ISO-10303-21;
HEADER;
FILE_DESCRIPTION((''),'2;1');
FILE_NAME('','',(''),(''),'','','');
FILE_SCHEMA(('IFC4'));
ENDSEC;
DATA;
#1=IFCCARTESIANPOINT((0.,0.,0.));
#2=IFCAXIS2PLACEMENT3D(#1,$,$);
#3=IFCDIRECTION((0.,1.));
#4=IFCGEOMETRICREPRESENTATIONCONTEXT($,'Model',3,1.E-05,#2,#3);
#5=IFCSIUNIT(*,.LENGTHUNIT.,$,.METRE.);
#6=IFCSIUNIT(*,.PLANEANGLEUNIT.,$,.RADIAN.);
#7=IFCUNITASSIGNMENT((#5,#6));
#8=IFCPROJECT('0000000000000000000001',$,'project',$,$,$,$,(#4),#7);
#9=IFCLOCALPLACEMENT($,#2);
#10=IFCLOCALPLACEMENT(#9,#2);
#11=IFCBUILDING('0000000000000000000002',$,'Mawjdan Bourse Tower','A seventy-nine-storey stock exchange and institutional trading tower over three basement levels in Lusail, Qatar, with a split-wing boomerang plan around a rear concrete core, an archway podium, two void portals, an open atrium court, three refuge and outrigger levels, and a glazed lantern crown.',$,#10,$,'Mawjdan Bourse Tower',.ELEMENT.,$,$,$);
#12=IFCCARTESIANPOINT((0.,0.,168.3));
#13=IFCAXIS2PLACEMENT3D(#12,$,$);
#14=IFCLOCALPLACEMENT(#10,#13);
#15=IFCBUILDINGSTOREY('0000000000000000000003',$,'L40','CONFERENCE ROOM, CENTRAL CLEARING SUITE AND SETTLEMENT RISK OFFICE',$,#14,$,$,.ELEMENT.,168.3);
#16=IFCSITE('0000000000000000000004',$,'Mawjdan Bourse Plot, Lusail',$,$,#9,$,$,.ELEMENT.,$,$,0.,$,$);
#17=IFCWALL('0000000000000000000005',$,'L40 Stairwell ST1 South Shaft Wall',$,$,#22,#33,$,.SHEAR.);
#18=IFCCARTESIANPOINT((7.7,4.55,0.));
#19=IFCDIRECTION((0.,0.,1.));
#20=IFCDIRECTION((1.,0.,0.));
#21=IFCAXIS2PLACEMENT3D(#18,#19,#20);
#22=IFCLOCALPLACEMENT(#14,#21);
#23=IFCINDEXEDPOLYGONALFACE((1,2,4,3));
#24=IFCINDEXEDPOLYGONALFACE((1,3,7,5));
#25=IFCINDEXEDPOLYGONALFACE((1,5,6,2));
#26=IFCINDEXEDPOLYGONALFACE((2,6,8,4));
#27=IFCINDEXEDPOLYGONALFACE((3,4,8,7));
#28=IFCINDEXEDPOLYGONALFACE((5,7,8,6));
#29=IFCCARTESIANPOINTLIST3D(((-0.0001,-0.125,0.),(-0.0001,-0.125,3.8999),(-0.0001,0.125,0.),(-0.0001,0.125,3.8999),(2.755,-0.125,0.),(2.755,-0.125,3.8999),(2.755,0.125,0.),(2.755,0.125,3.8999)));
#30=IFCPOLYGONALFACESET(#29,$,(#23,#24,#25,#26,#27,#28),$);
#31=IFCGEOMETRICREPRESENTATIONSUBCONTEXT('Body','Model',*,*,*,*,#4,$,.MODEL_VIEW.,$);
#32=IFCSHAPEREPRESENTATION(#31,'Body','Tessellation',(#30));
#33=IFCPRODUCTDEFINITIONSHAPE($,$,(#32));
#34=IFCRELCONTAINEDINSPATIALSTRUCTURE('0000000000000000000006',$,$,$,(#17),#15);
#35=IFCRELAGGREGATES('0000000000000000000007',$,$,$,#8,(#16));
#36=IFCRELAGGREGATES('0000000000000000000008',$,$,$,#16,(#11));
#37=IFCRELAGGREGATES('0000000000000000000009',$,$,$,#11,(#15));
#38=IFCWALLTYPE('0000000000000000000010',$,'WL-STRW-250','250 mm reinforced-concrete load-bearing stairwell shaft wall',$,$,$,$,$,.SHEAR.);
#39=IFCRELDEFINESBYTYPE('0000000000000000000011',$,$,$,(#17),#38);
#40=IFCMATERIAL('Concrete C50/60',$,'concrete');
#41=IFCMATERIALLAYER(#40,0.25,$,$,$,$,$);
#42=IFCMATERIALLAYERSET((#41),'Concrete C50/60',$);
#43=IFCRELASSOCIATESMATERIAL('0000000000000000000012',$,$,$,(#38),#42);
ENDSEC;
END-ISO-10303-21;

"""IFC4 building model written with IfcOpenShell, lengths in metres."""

from ifc_helpers import new_model, si_unit, direction, frame, frame_2d, origin, place, context, subcontext, project, spatial, rectangle, extrude, material, layer, layer_set, type_object, element, save


model = new_model("IFC4")

# Units and contexts
model_context = context("Model", 3, precision=1e-05, world=origin(), true_north=direction((0.0, 1.0)))
body_context = subcontext(model_context, "Body", "Model", "MODEL_VIEW")
ifc_project = project(units=[si_unit("LENGTHUNIT", "METRE"), si_unit("PLANEANGLEUNIT", "RADIAN")], contexts=[model_context])

# Site, building, storey
site_placement = place(None, origin())
site = spatial("IfcSite", under=ifc_project, at=site_placement, Name="Mawjdan Bourse Plot, Lusail", CompositionType="ELEMENT", RefElevation=0.0)
building_placement = place(site_placement, origin())
building = spatial("IfcBuilding", under=site, at=building_placement, Name="Mawjdan Bourse Tower", Description="A seventy-nine-storey stock exchange and institutional trading tower over three basement levels in Lusail, Qatar, with a split-wing boomerang plan around a rear concrete core, an archway podium, two void portals, an open atrium court, three refuge and outrigger levels, and a glazed lantern crown.", LongName="Mawjdan Bourse Tower", CompositionType="ELEMENT")
storey_placement = place(building_placement, frame((0.0, 0.0, 168.3)))
storey = spatial("IfcBuildingStorey", under=building, at=storey_placement, Name="L40", Description="CONFERENCE ROOM, CENTRAL CLEARING SUITE AND SETTLEMENT RISK OFFICE", CompositionType="ELEMENT", Elevation=168.3)

# Shared definitions
ifc_material_1 = material(Name="Concrete C50/60", Category="concrete")

# Wall
ifc_layer_1 = layer(ifc_material_1, 0.25)
ifc_layer_set_1 = layer_set([ifc_layer_1], Name="Concrete C50/60")
wall_type_1 = type_object("IfcWallType", Name="WL-STRW-250", Description="250 mm reinforced-concrete load-bearing stairwell shaft wall", PredefinedType="SHEAR", material=ifc_layer_set_1)
wall_1_placement = place(storey_placement, frame((7.7, 4.55, 0.0), z_axis=(0.0, 0.0, 1.0), x_axis=(1.0, 0.0, 0.0)))
element("IfcWall", 1, at=wall_1_placement, inside=storey, type_object=wall_type_1, Name="L40 Stairwell ST1 South Shaft Wall", PredefinedType="SHEAR", context=body_context, shape_type="SweptSolid", body=[
    extrude(rectangle(XDim=2.7551, YDim=0.25, at=frame_2d((1.3774, 0.0))), origin(), (0.0, 0.0, 1.0), 3.8999),
])

save(model, "model.ifc")
